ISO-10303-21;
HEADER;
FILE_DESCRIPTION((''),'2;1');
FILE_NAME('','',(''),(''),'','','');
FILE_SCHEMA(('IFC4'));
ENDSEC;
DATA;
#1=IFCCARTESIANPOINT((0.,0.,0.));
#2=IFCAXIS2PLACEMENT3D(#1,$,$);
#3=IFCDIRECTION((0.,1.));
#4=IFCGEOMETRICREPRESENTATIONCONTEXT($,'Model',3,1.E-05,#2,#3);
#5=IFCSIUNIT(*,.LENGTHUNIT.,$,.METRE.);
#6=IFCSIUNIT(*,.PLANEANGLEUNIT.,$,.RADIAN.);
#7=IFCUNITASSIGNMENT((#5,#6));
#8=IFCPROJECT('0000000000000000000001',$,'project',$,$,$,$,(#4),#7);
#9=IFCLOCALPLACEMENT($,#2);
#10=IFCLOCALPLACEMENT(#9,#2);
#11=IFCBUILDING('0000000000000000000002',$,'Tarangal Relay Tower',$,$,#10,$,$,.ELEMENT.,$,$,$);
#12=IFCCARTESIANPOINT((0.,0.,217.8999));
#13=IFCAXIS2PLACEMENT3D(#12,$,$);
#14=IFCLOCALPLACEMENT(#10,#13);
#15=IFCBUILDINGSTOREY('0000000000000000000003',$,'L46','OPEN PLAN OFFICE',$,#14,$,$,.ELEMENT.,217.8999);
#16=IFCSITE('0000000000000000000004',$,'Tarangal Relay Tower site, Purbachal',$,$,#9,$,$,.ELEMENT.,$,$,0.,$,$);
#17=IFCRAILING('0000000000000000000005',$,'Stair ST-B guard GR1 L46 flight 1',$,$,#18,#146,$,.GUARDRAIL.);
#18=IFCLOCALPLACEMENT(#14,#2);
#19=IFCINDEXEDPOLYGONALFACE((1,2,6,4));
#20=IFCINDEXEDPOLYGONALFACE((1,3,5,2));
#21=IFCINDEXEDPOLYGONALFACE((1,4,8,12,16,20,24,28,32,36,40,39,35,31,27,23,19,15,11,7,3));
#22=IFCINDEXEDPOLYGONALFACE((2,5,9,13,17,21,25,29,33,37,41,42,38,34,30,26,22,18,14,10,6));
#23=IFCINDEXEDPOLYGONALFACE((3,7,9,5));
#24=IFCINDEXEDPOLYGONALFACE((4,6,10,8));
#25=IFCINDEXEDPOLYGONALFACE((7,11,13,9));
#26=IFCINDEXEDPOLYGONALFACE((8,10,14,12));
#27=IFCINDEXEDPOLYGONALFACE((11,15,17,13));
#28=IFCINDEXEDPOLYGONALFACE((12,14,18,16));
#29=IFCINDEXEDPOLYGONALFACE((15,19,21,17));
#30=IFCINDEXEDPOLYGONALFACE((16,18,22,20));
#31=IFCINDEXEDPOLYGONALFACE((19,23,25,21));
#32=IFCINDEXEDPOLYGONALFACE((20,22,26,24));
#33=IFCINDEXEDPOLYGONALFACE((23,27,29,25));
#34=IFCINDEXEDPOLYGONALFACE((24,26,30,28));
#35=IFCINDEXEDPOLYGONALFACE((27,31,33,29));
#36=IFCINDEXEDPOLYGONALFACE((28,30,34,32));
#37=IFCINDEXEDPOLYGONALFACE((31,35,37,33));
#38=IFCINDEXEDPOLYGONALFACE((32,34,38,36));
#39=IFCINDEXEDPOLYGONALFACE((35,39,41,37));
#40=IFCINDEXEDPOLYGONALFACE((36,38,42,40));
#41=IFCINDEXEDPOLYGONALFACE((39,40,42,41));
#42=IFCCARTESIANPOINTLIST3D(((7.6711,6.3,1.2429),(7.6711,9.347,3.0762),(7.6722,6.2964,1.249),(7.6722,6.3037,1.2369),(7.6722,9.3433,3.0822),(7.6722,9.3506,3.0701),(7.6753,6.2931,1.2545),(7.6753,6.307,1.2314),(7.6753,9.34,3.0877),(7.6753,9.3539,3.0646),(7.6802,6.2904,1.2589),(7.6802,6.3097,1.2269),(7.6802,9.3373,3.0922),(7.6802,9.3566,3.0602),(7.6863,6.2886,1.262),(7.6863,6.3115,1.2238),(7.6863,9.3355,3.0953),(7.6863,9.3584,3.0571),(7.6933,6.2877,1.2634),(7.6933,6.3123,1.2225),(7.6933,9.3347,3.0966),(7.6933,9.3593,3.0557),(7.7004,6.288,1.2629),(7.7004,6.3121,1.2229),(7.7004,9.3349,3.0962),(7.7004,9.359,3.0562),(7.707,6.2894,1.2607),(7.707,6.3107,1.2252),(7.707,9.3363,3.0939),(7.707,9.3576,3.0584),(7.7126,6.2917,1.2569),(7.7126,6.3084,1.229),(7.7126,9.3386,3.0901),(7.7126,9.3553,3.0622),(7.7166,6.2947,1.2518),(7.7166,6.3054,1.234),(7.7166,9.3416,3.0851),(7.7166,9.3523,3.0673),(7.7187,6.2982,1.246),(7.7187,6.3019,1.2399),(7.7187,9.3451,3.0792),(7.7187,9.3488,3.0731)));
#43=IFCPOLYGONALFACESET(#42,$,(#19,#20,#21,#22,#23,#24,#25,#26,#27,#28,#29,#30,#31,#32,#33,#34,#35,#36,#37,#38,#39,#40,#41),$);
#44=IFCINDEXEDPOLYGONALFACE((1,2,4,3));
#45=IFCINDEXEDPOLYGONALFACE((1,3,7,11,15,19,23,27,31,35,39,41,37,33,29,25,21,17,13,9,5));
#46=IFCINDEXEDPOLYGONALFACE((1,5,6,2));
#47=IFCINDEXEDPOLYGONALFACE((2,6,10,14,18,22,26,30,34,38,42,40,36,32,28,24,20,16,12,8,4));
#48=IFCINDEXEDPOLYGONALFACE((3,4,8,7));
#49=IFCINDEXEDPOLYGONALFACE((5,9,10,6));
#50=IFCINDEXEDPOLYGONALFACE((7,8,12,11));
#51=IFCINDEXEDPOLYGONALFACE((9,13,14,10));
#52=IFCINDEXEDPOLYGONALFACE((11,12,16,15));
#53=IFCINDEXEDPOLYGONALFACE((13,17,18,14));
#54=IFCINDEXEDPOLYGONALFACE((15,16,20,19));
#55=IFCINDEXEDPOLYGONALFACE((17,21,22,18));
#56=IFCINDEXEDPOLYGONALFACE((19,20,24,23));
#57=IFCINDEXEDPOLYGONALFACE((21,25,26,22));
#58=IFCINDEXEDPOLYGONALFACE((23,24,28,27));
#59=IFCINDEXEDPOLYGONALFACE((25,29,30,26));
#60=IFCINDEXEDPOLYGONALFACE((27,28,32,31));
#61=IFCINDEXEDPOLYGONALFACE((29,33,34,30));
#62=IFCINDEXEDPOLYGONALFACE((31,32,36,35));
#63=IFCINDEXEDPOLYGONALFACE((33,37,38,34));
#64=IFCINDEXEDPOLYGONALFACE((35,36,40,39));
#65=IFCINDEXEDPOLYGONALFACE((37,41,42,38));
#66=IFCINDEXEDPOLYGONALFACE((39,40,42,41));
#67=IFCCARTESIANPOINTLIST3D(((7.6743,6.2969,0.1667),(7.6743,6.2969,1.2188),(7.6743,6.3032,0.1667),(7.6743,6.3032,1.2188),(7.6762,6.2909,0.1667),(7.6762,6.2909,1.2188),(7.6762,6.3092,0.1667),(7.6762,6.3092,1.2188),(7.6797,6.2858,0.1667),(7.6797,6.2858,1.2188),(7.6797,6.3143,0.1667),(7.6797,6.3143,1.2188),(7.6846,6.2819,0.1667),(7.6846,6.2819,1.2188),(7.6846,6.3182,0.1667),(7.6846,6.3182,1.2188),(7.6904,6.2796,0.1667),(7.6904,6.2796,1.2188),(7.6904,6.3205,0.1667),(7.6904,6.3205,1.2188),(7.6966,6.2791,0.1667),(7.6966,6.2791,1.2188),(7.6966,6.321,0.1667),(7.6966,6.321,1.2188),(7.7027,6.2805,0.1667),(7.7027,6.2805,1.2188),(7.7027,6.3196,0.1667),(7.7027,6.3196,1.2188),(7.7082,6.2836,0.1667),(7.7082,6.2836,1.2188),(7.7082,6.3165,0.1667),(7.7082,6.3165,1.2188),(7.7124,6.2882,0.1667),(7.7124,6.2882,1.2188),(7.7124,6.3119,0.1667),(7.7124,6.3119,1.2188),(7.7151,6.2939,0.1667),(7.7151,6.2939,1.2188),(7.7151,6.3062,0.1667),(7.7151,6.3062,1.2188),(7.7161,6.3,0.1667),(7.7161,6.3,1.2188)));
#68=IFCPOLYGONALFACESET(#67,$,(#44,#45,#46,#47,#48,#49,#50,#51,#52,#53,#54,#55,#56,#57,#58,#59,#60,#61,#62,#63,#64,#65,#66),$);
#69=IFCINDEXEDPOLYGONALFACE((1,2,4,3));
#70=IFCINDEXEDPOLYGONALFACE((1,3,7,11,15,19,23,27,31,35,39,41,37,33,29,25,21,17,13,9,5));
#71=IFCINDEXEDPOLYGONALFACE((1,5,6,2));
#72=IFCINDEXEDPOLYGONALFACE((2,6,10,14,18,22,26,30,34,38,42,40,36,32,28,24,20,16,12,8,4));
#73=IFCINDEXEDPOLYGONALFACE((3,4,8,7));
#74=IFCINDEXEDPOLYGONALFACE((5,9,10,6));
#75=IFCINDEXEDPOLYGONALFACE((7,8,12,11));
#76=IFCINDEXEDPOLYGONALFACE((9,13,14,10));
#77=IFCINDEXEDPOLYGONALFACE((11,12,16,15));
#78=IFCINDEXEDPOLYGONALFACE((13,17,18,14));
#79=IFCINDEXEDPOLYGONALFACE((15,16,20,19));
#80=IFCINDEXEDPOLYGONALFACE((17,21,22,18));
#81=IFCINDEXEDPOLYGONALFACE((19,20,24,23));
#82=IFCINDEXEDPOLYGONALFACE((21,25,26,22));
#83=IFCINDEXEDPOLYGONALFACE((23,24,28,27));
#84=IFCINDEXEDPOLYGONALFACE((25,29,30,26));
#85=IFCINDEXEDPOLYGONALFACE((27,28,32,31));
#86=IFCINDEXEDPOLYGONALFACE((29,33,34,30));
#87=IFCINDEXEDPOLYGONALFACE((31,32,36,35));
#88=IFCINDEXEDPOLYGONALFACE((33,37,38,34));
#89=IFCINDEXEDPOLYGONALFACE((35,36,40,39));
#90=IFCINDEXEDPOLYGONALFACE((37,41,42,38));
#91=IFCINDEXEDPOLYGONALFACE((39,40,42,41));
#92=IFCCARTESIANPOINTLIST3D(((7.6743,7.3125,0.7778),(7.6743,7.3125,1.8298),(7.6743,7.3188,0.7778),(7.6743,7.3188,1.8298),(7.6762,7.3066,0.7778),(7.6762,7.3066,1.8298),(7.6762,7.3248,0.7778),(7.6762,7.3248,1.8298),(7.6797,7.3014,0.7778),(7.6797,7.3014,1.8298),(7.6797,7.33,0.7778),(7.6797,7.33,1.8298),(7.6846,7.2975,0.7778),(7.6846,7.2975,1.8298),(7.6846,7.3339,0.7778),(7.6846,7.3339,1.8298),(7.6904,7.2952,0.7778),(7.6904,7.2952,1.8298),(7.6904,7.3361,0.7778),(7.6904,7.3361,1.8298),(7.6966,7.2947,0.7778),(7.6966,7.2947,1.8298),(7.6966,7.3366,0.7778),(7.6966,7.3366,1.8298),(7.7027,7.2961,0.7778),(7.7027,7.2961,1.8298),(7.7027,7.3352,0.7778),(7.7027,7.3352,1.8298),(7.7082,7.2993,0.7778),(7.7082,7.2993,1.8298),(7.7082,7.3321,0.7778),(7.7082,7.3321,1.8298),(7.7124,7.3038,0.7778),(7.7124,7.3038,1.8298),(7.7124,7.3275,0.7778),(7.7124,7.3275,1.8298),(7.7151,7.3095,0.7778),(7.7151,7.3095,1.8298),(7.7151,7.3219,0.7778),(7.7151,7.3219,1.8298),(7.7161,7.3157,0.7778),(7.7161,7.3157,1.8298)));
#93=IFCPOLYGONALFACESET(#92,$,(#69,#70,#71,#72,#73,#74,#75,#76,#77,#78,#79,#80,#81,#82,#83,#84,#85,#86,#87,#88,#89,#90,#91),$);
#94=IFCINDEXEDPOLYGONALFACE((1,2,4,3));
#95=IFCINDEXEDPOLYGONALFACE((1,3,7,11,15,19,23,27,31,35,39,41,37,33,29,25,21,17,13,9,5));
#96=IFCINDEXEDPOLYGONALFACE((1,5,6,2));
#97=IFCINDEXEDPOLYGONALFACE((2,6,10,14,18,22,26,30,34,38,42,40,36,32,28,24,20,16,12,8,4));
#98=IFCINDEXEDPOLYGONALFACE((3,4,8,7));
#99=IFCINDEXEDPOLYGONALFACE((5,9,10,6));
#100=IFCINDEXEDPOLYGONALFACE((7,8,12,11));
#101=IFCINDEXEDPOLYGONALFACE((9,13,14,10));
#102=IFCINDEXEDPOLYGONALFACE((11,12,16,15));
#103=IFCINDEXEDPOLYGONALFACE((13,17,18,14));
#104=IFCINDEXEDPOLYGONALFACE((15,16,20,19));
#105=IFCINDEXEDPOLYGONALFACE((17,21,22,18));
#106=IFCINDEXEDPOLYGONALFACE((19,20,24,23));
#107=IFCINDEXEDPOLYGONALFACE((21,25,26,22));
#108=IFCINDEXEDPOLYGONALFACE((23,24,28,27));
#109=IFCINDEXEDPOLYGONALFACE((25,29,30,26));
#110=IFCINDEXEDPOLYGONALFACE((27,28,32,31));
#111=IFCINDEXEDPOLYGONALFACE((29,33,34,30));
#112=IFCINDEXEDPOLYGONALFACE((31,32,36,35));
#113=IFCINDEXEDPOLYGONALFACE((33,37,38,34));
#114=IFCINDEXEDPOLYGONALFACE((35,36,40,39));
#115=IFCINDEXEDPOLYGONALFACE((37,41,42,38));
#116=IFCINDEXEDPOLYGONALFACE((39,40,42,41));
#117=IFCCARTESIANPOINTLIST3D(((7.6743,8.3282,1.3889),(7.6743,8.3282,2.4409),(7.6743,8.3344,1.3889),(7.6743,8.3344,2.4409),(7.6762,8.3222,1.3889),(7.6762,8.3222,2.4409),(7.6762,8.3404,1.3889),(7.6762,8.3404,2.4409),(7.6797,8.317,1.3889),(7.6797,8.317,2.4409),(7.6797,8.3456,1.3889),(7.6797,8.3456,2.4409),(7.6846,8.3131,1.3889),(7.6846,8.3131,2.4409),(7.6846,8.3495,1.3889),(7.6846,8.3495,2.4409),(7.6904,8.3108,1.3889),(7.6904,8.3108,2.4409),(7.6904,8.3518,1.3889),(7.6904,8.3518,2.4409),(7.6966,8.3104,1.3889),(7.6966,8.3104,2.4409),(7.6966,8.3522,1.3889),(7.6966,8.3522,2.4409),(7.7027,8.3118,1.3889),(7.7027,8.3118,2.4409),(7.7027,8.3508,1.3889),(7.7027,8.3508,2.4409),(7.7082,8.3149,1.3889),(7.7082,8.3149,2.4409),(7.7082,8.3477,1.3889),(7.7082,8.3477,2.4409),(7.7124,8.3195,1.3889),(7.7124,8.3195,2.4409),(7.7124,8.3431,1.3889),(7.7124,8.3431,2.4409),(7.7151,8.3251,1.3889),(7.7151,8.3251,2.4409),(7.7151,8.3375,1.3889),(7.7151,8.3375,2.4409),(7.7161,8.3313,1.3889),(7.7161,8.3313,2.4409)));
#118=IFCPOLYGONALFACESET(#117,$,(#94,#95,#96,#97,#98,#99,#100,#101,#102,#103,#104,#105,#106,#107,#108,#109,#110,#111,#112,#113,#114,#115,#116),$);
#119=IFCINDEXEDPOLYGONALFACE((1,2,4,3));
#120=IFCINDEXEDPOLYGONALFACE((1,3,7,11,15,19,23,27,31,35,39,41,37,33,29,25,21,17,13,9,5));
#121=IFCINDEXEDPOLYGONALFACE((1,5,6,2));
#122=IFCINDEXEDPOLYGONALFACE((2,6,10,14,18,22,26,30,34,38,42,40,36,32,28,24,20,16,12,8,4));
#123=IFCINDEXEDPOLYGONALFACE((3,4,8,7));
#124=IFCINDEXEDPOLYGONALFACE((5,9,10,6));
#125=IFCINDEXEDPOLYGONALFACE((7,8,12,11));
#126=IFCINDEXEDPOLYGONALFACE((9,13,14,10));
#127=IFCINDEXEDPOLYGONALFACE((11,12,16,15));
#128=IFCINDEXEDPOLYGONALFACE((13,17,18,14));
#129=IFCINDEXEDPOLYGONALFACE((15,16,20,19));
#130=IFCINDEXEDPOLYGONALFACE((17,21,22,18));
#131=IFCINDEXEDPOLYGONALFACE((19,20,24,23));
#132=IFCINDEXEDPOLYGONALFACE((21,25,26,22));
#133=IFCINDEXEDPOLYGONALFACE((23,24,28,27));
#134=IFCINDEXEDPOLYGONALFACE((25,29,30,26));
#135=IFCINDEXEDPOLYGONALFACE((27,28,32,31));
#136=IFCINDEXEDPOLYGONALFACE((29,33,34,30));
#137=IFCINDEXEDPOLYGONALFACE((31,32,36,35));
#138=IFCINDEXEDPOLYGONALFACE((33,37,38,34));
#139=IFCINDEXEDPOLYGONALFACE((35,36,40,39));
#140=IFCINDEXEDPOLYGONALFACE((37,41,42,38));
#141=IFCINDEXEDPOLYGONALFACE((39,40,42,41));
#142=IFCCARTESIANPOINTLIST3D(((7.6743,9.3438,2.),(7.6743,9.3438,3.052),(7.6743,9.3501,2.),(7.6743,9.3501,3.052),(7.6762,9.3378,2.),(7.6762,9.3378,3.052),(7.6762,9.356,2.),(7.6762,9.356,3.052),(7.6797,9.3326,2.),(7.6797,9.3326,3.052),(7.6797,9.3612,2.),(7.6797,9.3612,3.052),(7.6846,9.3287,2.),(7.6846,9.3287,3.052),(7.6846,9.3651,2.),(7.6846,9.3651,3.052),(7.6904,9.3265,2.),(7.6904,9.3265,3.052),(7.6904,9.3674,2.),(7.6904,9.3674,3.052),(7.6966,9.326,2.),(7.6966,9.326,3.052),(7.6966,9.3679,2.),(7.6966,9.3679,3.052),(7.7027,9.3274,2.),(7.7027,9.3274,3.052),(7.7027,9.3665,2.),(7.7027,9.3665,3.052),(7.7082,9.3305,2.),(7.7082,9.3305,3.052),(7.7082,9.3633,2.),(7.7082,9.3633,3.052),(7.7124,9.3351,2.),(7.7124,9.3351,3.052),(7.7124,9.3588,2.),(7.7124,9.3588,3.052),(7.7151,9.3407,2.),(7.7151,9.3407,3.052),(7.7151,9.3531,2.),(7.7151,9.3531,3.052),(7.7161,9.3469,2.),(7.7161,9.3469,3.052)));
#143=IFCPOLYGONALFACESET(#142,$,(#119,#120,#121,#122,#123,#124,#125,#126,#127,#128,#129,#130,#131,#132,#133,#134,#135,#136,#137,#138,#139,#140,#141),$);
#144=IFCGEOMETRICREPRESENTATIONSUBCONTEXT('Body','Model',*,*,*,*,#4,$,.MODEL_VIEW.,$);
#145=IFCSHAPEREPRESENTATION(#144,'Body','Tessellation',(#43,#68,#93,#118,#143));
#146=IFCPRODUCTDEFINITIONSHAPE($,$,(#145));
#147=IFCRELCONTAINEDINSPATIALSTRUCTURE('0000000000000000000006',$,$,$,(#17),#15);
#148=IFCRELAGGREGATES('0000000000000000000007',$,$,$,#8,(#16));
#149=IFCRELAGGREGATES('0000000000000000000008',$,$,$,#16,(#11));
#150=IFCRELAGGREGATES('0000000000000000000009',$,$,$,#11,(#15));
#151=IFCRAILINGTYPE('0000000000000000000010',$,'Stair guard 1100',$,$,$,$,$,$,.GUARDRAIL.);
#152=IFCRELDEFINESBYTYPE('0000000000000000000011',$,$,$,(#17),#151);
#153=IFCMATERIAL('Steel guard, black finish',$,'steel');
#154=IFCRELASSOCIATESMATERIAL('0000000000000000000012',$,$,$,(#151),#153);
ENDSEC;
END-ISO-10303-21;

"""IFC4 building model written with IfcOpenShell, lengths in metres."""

from ifc_helpers import new_model, si_unit, direction, frame, origin, origin_2d, place, context, subcontext, project, spatial, circle, extrude, material, type_object, element, save


model = new_model("IFC4")

# Units and contexts
model_context = context("Model", 3, precision=1e-05, world=origin(), true_north=direction((0.0, 1.0)))
body_context = subcontext(model_context, "Body", "Model", "MODEL_VIEW")
ifc_project = project(units=[si_unit("LENGTHUNIT", "METRE"), si_unit("PLANEANGLEUNIT", "RADIAN")], contexts=[model_context])

# Site, building, storey
site_placement = place(None, origin())
site = spatial("IfcSite", under=ifc_project, at=site_placement, Name="Tarangal Relay Tower site, Purbachal", CompositionType="ELEMENT", RefElevation=0.0)
building_placement = place(site_placement, origin())
building = spatial("IfcBuilding", under=site, at=building_placement, Name="Tarangal Relay Tower", CompositionType="ELEMENT")
storey_placement = place(building_placement, frame((0.0, 0.0, 217.8999)))
storey = spatial("IfcBuildingStorey", under=building, at=storey_placement, Name="L46", Description="OPEN PLAN OFFICE", CompositionType="ELEMENT", Elevation=217.8999)

# Railing
ifc_material_1 = material(Name="Steel guard, black finish", Category="steel")
railing_type_1 = type_object("IfcRailingType", Name="Stair guard 1100", PredefinedType="GUARDRAIL", material=ifc_material_1)
railing_1_placement = place(storey_placement, frame((7.6951, 6.3, 0.1667)))
element("IfcRailing", 1, at=railing_1_placement, inside=storey, type_object=railing_type_1, Name="Stair ST-B guard GR1 L46 flight 1", PredefinedType="GUARDRAIL", context=body_context, shape_type="SweptSolid", body=[
    extrude(circle(Radius=0.0239, at=origin_2d()), frame((0.0, 0.0, 1.0762), z_axis=(0.0, 0.856856, 0.515556), x_axis=(-1.0, 0.0, 0.0)), (0.0, 0.0, 1.0), 3.5559),
    extrude(circle(Radius=0.021, at=origin_2d()), origin(), (0.0, 0.0, 1.0), 1.052),
    extrude(circle(Radius=0.021, at=origin_2d()), frame((0.0, 1.0156, 0.6111)), (0.0, 0.0, 1.0), 1.052),
    extrude(circle(Radius=0.021, at=origin_2d()), frame((0.0, 2.0312, 1.2222)), (0.0, 0.0, 1.0), 1.052),
    extrude(circle(Radius=0.021, at=origin_2d()), frame((0.0, 3.0469, 1.8333)), (0.0, 0.0, 1.0), 1.052),
])

save(model, "model.ifc")
